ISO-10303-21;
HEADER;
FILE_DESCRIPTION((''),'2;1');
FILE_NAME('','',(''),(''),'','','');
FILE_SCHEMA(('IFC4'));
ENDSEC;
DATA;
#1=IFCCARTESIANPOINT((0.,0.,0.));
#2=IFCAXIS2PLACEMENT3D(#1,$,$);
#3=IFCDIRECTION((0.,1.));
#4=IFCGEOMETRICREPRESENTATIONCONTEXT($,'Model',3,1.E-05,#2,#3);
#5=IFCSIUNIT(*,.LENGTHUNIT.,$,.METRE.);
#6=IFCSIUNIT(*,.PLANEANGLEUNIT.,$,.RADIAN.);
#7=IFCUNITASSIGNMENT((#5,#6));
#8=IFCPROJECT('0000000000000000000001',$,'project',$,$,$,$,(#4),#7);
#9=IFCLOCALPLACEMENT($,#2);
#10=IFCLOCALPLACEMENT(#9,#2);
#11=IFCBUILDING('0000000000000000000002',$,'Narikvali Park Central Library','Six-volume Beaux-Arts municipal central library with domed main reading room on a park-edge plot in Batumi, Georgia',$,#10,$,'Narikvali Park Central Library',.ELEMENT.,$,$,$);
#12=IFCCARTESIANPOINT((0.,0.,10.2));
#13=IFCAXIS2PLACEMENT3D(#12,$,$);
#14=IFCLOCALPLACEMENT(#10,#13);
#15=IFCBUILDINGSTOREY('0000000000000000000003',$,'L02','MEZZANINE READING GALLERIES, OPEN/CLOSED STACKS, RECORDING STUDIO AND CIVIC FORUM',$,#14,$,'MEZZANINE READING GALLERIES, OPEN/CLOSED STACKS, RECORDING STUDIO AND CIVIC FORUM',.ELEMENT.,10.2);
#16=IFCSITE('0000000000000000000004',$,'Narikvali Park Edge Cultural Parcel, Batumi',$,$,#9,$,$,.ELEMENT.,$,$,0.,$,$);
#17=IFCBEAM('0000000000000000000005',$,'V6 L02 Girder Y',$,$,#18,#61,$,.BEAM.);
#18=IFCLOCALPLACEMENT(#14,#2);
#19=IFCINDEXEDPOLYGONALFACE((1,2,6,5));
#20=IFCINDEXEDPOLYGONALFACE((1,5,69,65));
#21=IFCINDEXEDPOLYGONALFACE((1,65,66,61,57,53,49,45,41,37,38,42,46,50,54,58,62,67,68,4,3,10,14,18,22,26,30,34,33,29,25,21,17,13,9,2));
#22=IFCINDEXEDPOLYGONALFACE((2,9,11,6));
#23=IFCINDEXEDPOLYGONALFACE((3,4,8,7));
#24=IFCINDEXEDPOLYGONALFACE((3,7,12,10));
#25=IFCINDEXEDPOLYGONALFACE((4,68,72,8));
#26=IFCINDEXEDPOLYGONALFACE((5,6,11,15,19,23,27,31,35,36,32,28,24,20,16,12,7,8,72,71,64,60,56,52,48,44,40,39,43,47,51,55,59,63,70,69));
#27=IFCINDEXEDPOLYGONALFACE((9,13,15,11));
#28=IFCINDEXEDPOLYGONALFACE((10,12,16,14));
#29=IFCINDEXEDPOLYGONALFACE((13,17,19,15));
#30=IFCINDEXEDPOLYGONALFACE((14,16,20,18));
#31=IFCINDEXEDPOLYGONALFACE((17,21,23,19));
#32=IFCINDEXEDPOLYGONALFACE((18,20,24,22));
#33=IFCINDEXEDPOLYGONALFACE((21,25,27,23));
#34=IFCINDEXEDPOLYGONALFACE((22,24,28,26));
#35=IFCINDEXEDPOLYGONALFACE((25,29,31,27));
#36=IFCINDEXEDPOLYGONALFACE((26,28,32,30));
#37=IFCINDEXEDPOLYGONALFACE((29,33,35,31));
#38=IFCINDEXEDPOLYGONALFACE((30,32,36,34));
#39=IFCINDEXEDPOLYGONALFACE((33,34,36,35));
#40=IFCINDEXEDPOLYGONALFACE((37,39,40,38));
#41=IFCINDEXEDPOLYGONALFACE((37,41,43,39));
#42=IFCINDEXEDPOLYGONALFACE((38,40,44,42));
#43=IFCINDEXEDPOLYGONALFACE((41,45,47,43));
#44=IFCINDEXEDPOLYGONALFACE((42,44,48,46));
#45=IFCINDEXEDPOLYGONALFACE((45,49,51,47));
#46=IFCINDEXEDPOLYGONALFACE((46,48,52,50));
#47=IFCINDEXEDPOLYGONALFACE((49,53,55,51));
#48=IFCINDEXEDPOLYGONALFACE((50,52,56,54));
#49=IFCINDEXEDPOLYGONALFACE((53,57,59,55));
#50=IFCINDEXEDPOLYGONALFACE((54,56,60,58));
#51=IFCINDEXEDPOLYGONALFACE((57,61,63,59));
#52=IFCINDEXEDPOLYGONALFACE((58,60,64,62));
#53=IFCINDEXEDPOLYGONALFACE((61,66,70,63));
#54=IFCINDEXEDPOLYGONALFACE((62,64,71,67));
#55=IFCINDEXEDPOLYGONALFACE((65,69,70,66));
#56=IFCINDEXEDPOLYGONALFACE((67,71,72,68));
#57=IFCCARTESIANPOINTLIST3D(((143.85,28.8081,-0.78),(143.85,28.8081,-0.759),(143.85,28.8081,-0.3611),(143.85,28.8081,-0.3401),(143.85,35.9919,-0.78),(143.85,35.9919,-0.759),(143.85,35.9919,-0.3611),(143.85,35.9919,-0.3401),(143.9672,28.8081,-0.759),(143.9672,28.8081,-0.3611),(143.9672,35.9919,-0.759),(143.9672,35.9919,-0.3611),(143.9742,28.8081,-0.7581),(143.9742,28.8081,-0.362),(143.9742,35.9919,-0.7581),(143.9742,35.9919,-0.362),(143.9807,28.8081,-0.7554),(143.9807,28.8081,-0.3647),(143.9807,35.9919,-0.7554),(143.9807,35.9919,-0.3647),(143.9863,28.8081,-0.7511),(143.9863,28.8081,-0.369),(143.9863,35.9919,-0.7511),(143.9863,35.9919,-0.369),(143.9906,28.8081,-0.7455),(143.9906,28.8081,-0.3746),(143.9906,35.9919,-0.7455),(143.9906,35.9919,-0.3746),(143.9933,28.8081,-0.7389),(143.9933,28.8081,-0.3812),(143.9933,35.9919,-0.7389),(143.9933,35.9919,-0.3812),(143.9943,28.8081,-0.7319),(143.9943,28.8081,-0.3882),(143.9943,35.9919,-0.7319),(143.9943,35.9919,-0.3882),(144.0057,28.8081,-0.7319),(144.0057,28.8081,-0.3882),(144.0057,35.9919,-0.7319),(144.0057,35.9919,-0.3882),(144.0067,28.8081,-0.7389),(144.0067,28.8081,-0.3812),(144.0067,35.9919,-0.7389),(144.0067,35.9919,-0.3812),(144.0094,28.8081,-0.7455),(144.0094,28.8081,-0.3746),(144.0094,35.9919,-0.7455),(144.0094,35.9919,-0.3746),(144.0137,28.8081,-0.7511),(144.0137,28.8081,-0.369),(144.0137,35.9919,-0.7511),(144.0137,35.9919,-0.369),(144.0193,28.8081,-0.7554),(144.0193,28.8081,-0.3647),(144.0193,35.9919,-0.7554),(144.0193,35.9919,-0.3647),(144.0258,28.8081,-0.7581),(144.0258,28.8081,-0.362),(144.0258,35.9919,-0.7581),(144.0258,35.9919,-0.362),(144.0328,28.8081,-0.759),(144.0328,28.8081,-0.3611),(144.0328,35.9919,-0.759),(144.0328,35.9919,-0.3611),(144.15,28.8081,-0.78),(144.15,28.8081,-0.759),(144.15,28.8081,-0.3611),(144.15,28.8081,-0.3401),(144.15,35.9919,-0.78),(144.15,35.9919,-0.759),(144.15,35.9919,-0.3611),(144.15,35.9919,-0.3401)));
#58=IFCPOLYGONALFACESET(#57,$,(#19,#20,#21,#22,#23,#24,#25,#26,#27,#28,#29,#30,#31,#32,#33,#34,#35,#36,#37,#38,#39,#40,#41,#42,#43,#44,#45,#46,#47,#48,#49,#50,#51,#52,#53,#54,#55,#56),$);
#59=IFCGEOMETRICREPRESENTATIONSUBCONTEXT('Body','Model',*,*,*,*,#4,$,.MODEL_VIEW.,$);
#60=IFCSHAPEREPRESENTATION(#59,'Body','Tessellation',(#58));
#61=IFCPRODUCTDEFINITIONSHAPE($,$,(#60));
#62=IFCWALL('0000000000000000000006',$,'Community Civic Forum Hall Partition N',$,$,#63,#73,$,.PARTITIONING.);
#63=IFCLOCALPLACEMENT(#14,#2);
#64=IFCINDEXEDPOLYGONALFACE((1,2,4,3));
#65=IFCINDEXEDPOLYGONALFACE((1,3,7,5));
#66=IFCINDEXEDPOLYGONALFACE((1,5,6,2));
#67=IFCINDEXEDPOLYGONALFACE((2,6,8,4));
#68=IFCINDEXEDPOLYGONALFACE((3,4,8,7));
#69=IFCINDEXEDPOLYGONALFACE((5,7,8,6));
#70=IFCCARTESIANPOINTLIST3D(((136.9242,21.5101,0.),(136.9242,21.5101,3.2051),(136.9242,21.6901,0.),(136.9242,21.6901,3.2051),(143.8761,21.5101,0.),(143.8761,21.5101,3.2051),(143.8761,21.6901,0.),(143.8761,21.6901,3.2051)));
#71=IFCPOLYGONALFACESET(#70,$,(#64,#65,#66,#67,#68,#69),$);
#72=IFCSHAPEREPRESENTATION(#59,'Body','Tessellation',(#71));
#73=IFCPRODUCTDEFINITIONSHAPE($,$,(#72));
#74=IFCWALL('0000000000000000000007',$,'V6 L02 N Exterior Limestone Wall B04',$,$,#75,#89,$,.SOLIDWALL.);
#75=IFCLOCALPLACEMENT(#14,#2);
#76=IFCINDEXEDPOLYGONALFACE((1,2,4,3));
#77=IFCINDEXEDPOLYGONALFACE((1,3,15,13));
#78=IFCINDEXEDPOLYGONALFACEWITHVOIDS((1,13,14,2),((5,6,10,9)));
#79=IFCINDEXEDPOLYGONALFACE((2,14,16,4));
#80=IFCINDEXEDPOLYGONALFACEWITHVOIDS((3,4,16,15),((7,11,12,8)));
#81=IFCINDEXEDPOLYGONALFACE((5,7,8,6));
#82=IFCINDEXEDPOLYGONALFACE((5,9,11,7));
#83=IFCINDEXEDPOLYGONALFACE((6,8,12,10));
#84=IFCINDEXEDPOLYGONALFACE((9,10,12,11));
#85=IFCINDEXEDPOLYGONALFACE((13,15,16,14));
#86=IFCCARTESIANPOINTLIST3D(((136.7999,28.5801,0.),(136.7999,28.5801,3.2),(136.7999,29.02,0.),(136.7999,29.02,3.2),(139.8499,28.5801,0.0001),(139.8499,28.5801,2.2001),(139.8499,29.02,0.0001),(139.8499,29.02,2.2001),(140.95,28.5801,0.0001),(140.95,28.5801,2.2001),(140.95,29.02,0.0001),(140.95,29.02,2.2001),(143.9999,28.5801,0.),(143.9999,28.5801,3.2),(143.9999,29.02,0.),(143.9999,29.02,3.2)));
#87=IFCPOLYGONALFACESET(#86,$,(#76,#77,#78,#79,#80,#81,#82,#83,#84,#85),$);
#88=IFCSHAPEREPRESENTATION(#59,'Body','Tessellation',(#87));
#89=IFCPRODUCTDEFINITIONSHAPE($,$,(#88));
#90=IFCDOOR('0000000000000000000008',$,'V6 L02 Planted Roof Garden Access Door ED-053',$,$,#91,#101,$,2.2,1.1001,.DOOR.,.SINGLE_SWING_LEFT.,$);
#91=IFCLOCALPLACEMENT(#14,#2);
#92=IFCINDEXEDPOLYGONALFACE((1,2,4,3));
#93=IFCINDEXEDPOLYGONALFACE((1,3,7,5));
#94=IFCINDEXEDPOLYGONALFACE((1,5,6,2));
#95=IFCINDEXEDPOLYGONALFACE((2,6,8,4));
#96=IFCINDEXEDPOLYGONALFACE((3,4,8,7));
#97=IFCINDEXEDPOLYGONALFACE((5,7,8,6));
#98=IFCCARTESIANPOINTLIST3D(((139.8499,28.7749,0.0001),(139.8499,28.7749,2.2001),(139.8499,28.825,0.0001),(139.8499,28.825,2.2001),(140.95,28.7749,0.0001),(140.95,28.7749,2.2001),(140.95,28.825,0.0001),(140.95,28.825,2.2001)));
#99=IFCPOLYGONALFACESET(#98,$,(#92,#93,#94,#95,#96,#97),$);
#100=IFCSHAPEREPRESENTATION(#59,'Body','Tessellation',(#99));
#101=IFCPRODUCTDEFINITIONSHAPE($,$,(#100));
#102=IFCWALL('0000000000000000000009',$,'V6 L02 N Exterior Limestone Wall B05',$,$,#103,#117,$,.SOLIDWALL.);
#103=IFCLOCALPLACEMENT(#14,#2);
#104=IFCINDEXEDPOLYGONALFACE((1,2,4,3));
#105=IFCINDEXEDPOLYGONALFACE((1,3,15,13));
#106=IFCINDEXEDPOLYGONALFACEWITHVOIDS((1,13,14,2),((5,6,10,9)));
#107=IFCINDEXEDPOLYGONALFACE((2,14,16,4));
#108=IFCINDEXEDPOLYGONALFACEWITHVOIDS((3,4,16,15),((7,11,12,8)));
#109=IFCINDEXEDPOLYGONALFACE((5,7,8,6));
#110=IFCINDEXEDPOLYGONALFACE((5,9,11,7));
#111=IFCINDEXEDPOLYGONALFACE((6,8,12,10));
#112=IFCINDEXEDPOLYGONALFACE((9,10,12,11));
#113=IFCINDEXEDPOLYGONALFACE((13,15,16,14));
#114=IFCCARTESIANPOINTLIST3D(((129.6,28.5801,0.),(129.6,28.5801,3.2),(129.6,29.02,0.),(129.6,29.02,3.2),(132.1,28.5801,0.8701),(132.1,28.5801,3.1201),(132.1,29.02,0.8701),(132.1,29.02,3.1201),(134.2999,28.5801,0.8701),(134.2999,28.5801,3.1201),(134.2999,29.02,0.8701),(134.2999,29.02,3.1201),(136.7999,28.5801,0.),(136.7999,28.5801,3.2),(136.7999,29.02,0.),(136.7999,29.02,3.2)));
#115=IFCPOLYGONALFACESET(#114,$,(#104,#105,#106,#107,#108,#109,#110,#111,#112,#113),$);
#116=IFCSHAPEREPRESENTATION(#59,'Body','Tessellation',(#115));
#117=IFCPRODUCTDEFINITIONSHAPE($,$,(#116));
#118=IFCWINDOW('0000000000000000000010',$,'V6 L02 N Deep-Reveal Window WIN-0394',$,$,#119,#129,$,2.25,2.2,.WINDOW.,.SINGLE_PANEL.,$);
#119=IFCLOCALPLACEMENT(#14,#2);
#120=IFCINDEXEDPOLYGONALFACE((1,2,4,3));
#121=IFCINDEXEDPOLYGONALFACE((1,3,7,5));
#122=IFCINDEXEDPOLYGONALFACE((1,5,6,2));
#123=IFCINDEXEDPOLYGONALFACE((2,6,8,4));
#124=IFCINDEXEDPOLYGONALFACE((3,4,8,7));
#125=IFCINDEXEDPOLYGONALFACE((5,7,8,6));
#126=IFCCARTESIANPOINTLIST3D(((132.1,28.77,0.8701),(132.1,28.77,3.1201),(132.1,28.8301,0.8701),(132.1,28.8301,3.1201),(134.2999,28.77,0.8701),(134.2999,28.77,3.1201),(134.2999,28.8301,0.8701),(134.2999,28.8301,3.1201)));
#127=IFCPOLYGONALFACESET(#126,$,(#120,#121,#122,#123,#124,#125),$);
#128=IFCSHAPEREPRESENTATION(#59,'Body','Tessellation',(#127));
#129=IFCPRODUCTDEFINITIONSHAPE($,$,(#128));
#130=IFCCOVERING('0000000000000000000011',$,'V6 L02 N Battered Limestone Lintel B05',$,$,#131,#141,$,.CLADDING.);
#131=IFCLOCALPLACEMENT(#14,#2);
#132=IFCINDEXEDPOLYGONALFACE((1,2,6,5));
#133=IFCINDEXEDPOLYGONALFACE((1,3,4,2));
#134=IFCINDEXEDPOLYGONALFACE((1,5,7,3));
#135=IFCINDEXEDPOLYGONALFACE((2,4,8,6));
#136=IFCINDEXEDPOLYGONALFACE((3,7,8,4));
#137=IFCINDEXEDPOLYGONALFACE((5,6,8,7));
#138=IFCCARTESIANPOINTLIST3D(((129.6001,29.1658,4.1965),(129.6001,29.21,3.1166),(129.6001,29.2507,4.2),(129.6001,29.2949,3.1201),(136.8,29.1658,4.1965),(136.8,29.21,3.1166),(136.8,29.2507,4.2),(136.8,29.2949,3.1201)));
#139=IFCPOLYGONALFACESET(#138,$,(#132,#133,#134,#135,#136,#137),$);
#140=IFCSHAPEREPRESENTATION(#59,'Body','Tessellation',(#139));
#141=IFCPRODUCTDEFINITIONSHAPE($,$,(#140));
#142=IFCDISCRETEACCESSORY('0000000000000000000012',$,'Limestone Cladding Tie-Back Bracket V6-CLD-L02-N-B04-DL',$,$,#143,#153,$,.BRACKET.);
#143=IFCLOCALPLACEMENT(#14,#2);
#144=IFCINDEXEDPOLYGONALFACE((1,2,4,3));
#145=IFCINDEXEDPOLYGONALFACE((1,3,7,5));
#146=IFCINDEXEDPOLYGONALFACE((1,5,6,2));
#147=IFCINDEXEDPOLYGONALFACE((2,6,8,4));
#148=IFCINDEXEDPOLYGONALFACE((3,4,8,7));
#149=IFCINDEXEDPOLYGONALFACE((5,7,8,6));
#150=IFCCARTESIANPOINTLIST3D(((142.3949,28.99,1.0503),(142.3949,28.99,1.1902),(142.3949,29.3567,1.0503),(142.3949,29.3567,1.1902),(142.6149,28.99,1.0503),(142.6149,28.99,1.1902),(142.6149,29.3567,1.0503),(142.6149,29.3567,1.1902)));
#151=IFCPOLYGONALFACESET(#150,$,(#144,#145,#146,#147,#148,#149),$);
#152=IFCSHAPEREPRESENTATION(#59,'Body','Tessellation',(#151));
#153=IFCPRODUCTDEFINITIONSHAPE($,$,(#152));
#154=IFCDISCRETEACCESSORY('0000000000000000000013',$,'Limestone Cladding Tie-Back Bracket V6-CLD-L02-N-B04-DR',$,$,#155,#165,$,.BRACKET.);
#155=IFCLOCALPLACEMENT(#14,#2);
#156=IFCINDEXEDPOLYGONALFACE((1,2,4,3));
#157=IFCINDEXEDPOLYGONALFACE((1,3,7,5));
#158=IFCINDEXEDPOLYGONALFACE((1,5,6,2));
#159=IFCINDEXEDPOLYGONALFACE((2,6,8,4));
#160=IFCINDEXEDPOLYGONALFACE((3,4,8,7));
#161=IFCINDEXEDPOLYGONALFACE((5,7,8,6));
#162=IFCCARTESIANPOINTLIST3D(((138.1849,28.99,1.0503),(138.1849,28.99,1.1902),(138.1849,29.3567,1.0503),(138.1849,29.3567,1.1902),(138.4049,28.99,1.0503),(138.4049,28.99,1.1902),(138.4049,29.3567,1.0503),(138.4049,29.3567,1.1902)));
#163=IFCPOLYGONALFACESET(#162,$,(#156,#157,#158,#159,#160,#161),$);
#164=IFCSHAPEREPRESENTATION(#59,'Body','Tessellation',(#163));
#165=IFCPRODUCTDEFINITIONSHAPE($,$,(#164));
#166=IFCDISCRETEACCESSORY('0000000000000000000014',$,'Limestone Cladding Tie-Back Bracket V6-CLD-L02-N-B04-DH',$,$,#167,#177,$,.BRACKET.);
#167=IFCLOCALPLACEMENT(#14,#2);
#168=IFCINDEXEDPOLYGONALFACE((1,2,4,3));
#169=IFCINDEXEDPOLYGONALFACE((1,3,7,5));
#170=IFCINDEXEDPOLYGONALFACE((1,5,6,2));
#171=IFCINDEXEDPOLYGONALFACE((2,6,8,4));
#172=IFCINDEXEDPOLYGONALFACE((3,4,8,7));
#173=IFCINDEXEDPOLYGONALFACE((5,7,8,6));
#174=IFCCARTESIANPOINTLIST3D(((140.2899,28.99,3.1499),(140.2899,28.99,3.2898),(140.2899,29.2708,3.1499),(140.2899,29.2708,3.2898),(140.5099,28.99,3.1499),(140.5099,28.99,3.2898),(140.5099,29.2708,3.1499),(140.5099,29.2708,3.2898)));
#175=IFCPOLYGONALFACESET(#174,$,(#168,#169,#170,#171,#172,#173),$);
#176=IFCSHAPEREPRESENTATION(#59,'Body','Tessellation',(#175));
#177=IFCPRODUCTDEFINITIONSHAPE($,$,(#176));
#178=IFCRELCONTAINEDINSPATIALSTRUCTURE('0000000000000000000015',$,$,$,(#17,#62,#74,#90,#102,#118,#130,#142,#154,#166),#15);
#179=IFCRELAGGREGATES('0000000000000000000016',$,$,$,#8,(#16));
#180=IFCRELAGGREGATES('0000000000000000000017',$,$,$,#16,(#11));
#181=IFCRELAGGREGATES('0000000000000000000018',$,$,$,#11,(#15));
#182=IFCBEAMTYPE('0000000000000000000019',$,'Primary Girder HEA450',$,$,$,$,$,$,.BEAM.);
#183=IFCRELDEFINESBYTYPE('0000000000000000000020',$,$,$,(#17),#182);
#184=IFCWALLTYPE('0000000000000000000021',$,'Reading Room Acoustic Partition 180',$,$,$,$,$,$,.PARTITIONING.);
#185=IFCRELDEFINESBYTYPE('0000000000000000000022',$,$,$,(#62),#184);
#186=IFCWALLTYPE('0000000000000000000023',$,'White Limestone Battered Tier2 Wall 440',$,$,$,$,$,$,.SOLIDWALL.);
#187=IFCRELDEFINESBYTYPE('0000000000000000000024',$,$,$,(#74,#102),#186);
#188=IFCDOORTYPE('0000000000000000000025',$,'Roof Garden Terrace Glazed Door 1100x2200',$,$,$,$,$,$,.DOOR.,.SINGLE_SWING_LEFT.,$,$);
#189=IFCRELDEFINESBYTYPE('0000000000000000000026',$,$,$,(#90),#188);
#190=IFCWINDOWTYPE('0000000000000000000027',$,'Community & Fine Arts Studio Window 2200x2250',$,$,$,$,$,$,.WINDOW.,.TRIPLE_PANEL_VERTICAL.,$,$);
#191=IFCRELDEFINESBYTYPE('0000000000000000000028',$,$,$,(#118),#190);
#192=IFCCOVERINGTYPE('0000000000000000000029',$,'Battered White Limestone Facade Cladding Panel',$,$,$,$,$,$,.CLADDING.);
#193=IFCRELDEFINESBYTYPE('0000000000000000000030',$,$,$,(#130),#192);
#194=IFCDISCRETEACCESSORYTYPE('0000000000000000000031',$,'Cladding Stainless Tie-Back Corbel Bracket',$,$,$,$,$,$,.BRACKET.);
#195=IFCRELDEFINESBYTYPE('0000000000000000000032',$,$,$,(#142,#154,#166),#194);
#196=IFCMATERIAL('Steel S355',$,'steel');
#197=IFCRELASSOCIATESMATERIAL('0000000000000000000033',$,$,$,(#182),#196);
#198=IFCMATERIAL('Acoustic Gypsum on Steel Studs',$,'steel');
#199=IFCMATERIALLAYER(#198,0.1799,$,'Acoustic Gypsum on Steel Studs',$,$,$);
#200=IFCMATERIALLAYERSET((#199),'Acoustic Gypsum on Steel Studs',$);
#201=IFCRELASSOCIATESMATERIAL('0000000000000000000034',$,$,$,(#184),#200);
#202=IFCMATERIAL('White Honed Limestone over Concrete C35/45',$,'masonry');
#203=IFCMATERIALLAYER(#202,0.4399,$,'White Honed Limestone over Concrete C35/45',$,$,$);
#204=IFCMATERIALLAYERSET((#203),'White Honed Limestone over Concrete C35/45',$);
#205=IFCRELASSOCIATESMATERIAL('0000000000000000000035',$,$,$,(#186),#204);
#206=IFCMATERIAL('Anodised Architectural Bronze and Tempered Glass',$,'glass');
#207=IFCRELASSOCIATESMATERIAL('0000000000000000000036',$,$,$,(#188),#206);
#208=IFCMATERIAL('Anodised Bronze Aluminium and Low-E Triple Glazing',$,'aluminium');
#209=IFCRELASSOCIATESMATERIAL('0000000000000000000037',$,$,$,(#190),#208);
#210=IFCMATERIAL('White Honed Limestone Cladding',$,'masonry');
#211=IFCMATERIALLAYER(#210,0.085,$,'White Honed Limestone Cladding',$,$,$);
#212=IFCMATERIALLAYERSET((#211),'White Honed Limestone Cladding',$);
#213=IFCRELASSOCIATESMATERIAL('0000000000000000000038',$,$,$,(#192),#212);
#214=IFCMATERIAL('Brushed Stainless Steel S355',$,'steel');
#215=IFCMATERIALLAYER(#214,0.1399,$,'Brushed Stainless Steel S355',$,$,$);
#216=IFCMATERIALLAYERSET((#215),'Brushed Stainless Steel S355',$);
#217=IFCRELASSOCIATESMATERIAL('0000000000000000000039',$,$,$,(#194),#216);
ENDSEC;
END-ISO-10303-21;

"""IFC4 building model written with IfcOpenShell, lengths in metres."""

from ifc_helpers import new_model, si_unit, direction, frame, frame_2d, origin, origin_2d, place, context, subcontext, project, spatial, polyline, rectangle, i_section, outline, extrude, material, layer, layer_set, material_profile, profile_set, type_object, element, fill, save


model = new_model("IFC4")

# Units and contexts
model_context = context("Model", 3, precision=1e-05, world=origin(), true_north=direction((0.0, 1.0)))
body_context = subcontext(model_context, "Body", "Model", "MODEL_VIEW")
ifc_project = project(units=[si_unit("LENGTHUNIT", "METRE"), si_unit("PLANEANGLEUNIT", "RADIAN")], contexts=[model_context])

# Site, building, storey
site_placement = place(None, origin())
site = spatial("IfcSite", under=ifc_project, at=site_placement, Name="Narikvali Park Edge Cultural Parcel, Batumi", CompositionType="ELEMENT", RefElevation=0.0)
building_placement = place(site_placement, origin())
building = spatial("IfcBuilding", under=site, at=building_placement, Name="Narikvali Park Central Library", Description="Six-volume Beaux-Arts municipal central library with domed main reading room on a park-edge plot in Batumi, Georgia", LongName="Narikvali Park Central Library", CompositionType="ELEMENT")
storey_placement = place(building_placement, frame((0.0, 0.0, 10.2)))
storey = spatial("IfcBuildingStorey", under=building, at=storey_placement, Name="L02", Description="MEZZANINE READING GALLERIES, OPEN/CLOSED STACKS, RECORDING STUDIO AND CIVIC FORUM", LongName="MEZZANINE READING GALLERIES, OPEN/CLOSED STACKS, RECORDING STUDIO AND CIVIC FORUM", CompositionType="ELEMENT", Elevation=10.2)

# Shared definitions
ifc_material_1 = material(Name="Steel S355", Category="steel")

# Beam
ifc_material_profile_1 = material_profile(ifc_material_1, i_section(OverallWidth=0.3, OverallDepth=0.4399, WebThickness=0.0115, FlangeThickness=0.021, FilletRadius=0.0271, at=origin_2d()), Name="HEA 450")
ifc_profile_set_1 = profile_set([ifc_material_profile_1], Name="Steel S355")
beam_type_1 = type_object("IfcBeamType", Name="Primary Girder HEA450", PredefinedType="BEAM", material=ifc_profile_set_1)
beam_1_placement = place(storey_placement, frame((144.0, 28.8081, -0.5601), z_axis=(0.0, 1.0, 0.0), x_axis=(-1.0, 0.0, 0.0)))
element("IfcBeam", 1, at=beam_1_placement, inside=storey, type_object=beam_type_1, Name="V6 L02 Girder Y", PredefinedType="BEAM", context=body_context, shape_type="SweptSolid", body=[
    extrude(i_section(OverallWidth=0.3, OverallDepth=0.4399, WebThickness=0.0115, FlangeThickness=0.021, FilletRadius=0.0271, at=origin_2d()), origin(), (0.0, 0.0, 1.0), 7.1838),
])

# Wall
ifc_material_2 = material(Name="Acoustic Gypsum on Steel Studs", Category="steel")
ifc_layer_1 = layer(ifc_material_2, 0.1799, Name="Acoustic Gypsum on Steel Studs")
ifc_layer_set_1 = layer_set([ifc_layer_1], Name="Acoustic Gypsum on Steel Studs")
wall_type_1 = type_object("IfcWallType", Name="Reading Room Acoustic Partition 180", PredefinedType="PARTITIONING", material=ifc_layer_set_1)
wall_1_placement = place(storey_placement, frame((136.9241, 21.6001, 0.0), z_axis=(0.0, 0.0, 1.0), x_axis=(1.0, 0.0, 0.0)))
element("IfcWall", 2, at=wall_1_placement, inside=storey, type_object=wall_type_1, Name="Community Civic Forum Hall Partition N", PredefinedType="PARTITIONING", context=body_context, shape_type="SweptSolid", body=[
    extrude(rectangle(XDim=6.9519, YDim=0.1799, at=frame_2d((3.4761, 0.0))), origin(), (0.0, 0.0, 1.0), 3.2051),
])

# Wall, opening, door
ifc_material_3 = material(Name="White Honed Limestone over Concrete C35/45", Category="masonry")
ifc_layer_2 = layer(ifc_material_3, 0.4399, Name="White Honed Limestone over Concrete C35/45")
ifc_layer_set_2 = layer_set([ifc_layer_2], Name="White Honed Limestone over Concrete C35/45")
wall_type_2 = type_object("IfcWallType", Name="White Limestone Battered Tier2 Wall 440", PredefinedType="SOLIDWALL", material=ifc_layer_set_2)
wall_2_placement = place(storey_placement, frame((144.0, 28.8, 0.0), z_axis=(0.0, 0.0, 1.0), x_axis=(-1.0, 0.0, 0.0)))
wall_2 = element("IfcWall", 3, at=wall_2_placement, inside=storey, type_object=wall_type_2, Name="V6 L02 N Exterior Limestone Wall B04", PredefinedType="SOLIDWALL", context=body_context, shape_type="SweptSolid", body=[
    extrude(rectangle(XDim=7.2, YDim=0.4399, at=frame_2d((3.6001, 0.0))), origin(), (0.0, 0.0, 1.0), 3.2),
])
opening_1_placement = place(wall_2_placement, frame((3.05, 0.0, 0.0)))
opening_1 = element("IfcOpeningElement", 4, at=opening_1_placement, cuts=wall_2, PredefinedType="OPENING", context=body_context, shape_type="SweptSolid", body=[
    extrude(rectangle(XDim=1.1001, YDim=2.2, at=frame_2d((0.55, 1.1001))), frame((0.0, 0.2319, 0.0), z_axis=(0.0, -1.0, 0.0), x_axis=(1.0, 0.0, 0.0)), (0.0, 0.0, 1.0), 0.4639),
])
ifc_material_4 = material(Name="Anodised Architectural Bronze and Tempered Glass", Category="glass")
door_type = type_object("IfcDoorType", Name="Roof Garden Terrace Glazed Door 1100x2200", OperationType="SINGLE_SWING_LEFT", PredefinedType="DOOR", material=ifc_material_4)
door_placement = place(opening_1_placement, frame((1.1001, 0.0, 0.0), z_axis=(0.0, 0.0, 1.0), x_axis=(-1.0, 0.0, 0.0)))
door = element("IfcDoor", 5, at=door_placement, inside=storey, type_object=door_type, Name="V6 L02 Planted Roof Garden Access Door ED-053", OperationType="SINGLE_SWING_LEFT", OverallHeight=2.2, OverallWidth=1.1001, PredefinedType="DOOR", context=body_context, shape_type="SweptSolid", body=[
    extrude(rectangle(XDim=1.1001, YDim=2.2, at=frame_2d((0.55, 1.1001))), frame((0.0, 0.0249, 0.0), z_axis=(0.0, -1.0, 0.0), x_axis=(1.0, 0.0, 0.0)), (0.0, 0.0, 1.0), 0.05),
])
fill(opening_1, door)

# Wall, opening, window
wall_3_placement = place(storey_placement, frame((136.8, 28.8, 0.0), z_axis=(0.0, 0.0, 1.0), x_axis=(-1.0, 0.0, 0.0)))
wall_3 = element("IfcWall", 6, at=wall_3_placement, inside=storey, type_object=wall_type_2, Name="V6 L02 N Exterior Limestone Wall B05", PredefinedType="SOLIDWALL", context=body_context, shape_type="SweptSolid", body=[
    extrude(rectangle(XDim=7.2, YDim=0.4399, at=frame_2d((3.6001, 0.0))), origin(), (0.0, 0.0, 1.0), 3.2),
])
opening_2_placement = place(wall_3_placement, frame((2.5, 0.0, 0.8701)))
opening_2 = element("IfcOpeningElement", 7, at=opening_2_placement, cuts=wall_3, PredefinedType="OPENING", context=body_context, shape_type="SweptSolid", body=[
    extrude(rectangle(XDim=2.2, YDim=2.25, at=frame_2d((1.1001, 1.125))), frame((0.0, 0.2319, 0.0), z_axis=(0.0, -1.0, 0.0), x_axis=(1.0, 0.0, 0.0)), (0.0, 0.0, 1.0), 0.4639),
])
ifc_material_5 = material(Name="Anodised Bronze Aluminium and Low-E Triple Glazing", Category="aluminium")
window_type = type_object("IfcWindowType", Name="Community & Fine Arts Studio Window 2200x2250", PartitioningType="TRIPLE_PANEL_VERTICAL", PredefinedType="WINDOW", material=ifc_material_5)
window_placement = place(opening_2_placement, origin())
window = element("IfcWindow", 8, at=window_placement, inside=storey, type_object=window_type, Name="V6 L02 N Deep-Reveal Window WIN-0394", OverallHeight=2.25, OverallWidth=2.2, PartitioningType="SINGLE_PANEL", PredefinedType="WINDOW", context=body_context, shape_type="SweptSolid", body=[
    extrude(rectangle(XDim=2.2, YDim=2.25, at=frame_2d((1.1001, 1.125))), frame((0.0, 0.03, 0.0), z_axis=(0.0, -1.0, 0.0), x_axis=(1.0, 0.0, 0.0)), (0.0, 0.0, 1.0), 0.0601),
])
fill(opening_2, window)

# Covering
ifc_material_6 = material(Name="White Honed Limestone Cladding", Category="masonry")
ifc_layer_3 = layer(ifc_material_6, 0.085, Name="White Honed Limestone Cladding")
ifc_layer_set_3 = layer_set([ifc_layer_3], Name="White Honed Limestone Cladding")
covering_type = type_object("IfcCoveringType", Name="Battered White Limestone Facade Cladding Panel", PredefinedType="CLADDING", material=ifc_layer_set_3)
covering_placement = place(storey_placement, frame((136.8, 29.2949, 3.1201), z_axis=(0.0, 0.999164, 0.040888), x_axis=(-1.0, 0.0, 0.0)))
element("IfcCovering", 9, at=covering_placement, inside=storey, type_object=covering_type, Name="V6 L02 N Battered Limestone Lintel B05", PredefinedType="CLADDING", context=body_context, shape_type="SweptSolid", body=[
    extrude(outline(polyline([(0.0, 0.0), (7.2, 0.0), (7.2, 1.0807), (0.0, 1.0807), (0.0, 0.0)])), origin(), (0.0, 0.0, -1.0), 0.085),
])

# Discrete accessories
ifc_material_7 = material(Name="Brushed Stainless Steel S355", Category="steel")
ifc_layer_4 = layer(ifc_material_7, 0.1399, Name="Brushed Stainless Steel S355")
ifc_layer_set_4 = layer_set([ifc_layer_4], Name="Brushed Stainless Steel S355")
discrete_accessory_type = type_object("IfcDiscreteAccessoryType", Name="Cladding Stainless Tie-Back Corbel Bracket", PredefinedType="BRACKET", material=ifc_layer_set_4)
for number, where, z_axis, x_axis, name in (
    (10, (142.5049, 29.1733, 1.0503), (0.0, 0.0, 1.0), (1.0, 0.0, 0.0), "Limestone Cladding Tie-Back Bracket V6-CLD-L02-N-B04-DL"),
    (11, (138.2949, 29.1733, 1.0503), (0.0, 0.0, 1.0), (1.0, 0.0, 0.0), "Limestone Cladding Tie-Back Bracket V6-CLD-L02-N-B04-DR"),
):
    element("IfcDiscreteAccessory", number, at=place(storey_placement, frame(where, z_axis=z_axis, x_axis=x_axis)), inside=storey, type_object=discrete_accessory_type, Name=name, PredefinedType="BRACKET", context=body_context, shape_type="SweptSolid", body=[
        extrude(rectangle(XDim=0.22, YDim=0.3667, at=origin_2d()), origin(), (0.0, 0.0, 1.0), 0.1399),
    ])
discrete_accessory_placement = place(storey_placement, frame((140.3999, 29.1304, 3.1499), z_axis=(0.0, 0.0, 1.0), x_axis=(1.0, 0.0, 0.0)))
element("IfcDiscreteAccessory", 12, at=discrete_accessory_placement, inside=storey, type_object=discrete_accessory_type, Name="Limestone Cladding Tie-Back Bracket V6-CLD-L02-N-B04-DH", PredefinedType="BRACKET", context=body_context, shape_type="SweptSolid", body=[
    extrude(rectangle(XDim=0.22, YDim=0.2808, at=origin_2d()), origin(), (0.0, 0.0, 1.0), 0.1399),
])

save(model, "model.ifc")
